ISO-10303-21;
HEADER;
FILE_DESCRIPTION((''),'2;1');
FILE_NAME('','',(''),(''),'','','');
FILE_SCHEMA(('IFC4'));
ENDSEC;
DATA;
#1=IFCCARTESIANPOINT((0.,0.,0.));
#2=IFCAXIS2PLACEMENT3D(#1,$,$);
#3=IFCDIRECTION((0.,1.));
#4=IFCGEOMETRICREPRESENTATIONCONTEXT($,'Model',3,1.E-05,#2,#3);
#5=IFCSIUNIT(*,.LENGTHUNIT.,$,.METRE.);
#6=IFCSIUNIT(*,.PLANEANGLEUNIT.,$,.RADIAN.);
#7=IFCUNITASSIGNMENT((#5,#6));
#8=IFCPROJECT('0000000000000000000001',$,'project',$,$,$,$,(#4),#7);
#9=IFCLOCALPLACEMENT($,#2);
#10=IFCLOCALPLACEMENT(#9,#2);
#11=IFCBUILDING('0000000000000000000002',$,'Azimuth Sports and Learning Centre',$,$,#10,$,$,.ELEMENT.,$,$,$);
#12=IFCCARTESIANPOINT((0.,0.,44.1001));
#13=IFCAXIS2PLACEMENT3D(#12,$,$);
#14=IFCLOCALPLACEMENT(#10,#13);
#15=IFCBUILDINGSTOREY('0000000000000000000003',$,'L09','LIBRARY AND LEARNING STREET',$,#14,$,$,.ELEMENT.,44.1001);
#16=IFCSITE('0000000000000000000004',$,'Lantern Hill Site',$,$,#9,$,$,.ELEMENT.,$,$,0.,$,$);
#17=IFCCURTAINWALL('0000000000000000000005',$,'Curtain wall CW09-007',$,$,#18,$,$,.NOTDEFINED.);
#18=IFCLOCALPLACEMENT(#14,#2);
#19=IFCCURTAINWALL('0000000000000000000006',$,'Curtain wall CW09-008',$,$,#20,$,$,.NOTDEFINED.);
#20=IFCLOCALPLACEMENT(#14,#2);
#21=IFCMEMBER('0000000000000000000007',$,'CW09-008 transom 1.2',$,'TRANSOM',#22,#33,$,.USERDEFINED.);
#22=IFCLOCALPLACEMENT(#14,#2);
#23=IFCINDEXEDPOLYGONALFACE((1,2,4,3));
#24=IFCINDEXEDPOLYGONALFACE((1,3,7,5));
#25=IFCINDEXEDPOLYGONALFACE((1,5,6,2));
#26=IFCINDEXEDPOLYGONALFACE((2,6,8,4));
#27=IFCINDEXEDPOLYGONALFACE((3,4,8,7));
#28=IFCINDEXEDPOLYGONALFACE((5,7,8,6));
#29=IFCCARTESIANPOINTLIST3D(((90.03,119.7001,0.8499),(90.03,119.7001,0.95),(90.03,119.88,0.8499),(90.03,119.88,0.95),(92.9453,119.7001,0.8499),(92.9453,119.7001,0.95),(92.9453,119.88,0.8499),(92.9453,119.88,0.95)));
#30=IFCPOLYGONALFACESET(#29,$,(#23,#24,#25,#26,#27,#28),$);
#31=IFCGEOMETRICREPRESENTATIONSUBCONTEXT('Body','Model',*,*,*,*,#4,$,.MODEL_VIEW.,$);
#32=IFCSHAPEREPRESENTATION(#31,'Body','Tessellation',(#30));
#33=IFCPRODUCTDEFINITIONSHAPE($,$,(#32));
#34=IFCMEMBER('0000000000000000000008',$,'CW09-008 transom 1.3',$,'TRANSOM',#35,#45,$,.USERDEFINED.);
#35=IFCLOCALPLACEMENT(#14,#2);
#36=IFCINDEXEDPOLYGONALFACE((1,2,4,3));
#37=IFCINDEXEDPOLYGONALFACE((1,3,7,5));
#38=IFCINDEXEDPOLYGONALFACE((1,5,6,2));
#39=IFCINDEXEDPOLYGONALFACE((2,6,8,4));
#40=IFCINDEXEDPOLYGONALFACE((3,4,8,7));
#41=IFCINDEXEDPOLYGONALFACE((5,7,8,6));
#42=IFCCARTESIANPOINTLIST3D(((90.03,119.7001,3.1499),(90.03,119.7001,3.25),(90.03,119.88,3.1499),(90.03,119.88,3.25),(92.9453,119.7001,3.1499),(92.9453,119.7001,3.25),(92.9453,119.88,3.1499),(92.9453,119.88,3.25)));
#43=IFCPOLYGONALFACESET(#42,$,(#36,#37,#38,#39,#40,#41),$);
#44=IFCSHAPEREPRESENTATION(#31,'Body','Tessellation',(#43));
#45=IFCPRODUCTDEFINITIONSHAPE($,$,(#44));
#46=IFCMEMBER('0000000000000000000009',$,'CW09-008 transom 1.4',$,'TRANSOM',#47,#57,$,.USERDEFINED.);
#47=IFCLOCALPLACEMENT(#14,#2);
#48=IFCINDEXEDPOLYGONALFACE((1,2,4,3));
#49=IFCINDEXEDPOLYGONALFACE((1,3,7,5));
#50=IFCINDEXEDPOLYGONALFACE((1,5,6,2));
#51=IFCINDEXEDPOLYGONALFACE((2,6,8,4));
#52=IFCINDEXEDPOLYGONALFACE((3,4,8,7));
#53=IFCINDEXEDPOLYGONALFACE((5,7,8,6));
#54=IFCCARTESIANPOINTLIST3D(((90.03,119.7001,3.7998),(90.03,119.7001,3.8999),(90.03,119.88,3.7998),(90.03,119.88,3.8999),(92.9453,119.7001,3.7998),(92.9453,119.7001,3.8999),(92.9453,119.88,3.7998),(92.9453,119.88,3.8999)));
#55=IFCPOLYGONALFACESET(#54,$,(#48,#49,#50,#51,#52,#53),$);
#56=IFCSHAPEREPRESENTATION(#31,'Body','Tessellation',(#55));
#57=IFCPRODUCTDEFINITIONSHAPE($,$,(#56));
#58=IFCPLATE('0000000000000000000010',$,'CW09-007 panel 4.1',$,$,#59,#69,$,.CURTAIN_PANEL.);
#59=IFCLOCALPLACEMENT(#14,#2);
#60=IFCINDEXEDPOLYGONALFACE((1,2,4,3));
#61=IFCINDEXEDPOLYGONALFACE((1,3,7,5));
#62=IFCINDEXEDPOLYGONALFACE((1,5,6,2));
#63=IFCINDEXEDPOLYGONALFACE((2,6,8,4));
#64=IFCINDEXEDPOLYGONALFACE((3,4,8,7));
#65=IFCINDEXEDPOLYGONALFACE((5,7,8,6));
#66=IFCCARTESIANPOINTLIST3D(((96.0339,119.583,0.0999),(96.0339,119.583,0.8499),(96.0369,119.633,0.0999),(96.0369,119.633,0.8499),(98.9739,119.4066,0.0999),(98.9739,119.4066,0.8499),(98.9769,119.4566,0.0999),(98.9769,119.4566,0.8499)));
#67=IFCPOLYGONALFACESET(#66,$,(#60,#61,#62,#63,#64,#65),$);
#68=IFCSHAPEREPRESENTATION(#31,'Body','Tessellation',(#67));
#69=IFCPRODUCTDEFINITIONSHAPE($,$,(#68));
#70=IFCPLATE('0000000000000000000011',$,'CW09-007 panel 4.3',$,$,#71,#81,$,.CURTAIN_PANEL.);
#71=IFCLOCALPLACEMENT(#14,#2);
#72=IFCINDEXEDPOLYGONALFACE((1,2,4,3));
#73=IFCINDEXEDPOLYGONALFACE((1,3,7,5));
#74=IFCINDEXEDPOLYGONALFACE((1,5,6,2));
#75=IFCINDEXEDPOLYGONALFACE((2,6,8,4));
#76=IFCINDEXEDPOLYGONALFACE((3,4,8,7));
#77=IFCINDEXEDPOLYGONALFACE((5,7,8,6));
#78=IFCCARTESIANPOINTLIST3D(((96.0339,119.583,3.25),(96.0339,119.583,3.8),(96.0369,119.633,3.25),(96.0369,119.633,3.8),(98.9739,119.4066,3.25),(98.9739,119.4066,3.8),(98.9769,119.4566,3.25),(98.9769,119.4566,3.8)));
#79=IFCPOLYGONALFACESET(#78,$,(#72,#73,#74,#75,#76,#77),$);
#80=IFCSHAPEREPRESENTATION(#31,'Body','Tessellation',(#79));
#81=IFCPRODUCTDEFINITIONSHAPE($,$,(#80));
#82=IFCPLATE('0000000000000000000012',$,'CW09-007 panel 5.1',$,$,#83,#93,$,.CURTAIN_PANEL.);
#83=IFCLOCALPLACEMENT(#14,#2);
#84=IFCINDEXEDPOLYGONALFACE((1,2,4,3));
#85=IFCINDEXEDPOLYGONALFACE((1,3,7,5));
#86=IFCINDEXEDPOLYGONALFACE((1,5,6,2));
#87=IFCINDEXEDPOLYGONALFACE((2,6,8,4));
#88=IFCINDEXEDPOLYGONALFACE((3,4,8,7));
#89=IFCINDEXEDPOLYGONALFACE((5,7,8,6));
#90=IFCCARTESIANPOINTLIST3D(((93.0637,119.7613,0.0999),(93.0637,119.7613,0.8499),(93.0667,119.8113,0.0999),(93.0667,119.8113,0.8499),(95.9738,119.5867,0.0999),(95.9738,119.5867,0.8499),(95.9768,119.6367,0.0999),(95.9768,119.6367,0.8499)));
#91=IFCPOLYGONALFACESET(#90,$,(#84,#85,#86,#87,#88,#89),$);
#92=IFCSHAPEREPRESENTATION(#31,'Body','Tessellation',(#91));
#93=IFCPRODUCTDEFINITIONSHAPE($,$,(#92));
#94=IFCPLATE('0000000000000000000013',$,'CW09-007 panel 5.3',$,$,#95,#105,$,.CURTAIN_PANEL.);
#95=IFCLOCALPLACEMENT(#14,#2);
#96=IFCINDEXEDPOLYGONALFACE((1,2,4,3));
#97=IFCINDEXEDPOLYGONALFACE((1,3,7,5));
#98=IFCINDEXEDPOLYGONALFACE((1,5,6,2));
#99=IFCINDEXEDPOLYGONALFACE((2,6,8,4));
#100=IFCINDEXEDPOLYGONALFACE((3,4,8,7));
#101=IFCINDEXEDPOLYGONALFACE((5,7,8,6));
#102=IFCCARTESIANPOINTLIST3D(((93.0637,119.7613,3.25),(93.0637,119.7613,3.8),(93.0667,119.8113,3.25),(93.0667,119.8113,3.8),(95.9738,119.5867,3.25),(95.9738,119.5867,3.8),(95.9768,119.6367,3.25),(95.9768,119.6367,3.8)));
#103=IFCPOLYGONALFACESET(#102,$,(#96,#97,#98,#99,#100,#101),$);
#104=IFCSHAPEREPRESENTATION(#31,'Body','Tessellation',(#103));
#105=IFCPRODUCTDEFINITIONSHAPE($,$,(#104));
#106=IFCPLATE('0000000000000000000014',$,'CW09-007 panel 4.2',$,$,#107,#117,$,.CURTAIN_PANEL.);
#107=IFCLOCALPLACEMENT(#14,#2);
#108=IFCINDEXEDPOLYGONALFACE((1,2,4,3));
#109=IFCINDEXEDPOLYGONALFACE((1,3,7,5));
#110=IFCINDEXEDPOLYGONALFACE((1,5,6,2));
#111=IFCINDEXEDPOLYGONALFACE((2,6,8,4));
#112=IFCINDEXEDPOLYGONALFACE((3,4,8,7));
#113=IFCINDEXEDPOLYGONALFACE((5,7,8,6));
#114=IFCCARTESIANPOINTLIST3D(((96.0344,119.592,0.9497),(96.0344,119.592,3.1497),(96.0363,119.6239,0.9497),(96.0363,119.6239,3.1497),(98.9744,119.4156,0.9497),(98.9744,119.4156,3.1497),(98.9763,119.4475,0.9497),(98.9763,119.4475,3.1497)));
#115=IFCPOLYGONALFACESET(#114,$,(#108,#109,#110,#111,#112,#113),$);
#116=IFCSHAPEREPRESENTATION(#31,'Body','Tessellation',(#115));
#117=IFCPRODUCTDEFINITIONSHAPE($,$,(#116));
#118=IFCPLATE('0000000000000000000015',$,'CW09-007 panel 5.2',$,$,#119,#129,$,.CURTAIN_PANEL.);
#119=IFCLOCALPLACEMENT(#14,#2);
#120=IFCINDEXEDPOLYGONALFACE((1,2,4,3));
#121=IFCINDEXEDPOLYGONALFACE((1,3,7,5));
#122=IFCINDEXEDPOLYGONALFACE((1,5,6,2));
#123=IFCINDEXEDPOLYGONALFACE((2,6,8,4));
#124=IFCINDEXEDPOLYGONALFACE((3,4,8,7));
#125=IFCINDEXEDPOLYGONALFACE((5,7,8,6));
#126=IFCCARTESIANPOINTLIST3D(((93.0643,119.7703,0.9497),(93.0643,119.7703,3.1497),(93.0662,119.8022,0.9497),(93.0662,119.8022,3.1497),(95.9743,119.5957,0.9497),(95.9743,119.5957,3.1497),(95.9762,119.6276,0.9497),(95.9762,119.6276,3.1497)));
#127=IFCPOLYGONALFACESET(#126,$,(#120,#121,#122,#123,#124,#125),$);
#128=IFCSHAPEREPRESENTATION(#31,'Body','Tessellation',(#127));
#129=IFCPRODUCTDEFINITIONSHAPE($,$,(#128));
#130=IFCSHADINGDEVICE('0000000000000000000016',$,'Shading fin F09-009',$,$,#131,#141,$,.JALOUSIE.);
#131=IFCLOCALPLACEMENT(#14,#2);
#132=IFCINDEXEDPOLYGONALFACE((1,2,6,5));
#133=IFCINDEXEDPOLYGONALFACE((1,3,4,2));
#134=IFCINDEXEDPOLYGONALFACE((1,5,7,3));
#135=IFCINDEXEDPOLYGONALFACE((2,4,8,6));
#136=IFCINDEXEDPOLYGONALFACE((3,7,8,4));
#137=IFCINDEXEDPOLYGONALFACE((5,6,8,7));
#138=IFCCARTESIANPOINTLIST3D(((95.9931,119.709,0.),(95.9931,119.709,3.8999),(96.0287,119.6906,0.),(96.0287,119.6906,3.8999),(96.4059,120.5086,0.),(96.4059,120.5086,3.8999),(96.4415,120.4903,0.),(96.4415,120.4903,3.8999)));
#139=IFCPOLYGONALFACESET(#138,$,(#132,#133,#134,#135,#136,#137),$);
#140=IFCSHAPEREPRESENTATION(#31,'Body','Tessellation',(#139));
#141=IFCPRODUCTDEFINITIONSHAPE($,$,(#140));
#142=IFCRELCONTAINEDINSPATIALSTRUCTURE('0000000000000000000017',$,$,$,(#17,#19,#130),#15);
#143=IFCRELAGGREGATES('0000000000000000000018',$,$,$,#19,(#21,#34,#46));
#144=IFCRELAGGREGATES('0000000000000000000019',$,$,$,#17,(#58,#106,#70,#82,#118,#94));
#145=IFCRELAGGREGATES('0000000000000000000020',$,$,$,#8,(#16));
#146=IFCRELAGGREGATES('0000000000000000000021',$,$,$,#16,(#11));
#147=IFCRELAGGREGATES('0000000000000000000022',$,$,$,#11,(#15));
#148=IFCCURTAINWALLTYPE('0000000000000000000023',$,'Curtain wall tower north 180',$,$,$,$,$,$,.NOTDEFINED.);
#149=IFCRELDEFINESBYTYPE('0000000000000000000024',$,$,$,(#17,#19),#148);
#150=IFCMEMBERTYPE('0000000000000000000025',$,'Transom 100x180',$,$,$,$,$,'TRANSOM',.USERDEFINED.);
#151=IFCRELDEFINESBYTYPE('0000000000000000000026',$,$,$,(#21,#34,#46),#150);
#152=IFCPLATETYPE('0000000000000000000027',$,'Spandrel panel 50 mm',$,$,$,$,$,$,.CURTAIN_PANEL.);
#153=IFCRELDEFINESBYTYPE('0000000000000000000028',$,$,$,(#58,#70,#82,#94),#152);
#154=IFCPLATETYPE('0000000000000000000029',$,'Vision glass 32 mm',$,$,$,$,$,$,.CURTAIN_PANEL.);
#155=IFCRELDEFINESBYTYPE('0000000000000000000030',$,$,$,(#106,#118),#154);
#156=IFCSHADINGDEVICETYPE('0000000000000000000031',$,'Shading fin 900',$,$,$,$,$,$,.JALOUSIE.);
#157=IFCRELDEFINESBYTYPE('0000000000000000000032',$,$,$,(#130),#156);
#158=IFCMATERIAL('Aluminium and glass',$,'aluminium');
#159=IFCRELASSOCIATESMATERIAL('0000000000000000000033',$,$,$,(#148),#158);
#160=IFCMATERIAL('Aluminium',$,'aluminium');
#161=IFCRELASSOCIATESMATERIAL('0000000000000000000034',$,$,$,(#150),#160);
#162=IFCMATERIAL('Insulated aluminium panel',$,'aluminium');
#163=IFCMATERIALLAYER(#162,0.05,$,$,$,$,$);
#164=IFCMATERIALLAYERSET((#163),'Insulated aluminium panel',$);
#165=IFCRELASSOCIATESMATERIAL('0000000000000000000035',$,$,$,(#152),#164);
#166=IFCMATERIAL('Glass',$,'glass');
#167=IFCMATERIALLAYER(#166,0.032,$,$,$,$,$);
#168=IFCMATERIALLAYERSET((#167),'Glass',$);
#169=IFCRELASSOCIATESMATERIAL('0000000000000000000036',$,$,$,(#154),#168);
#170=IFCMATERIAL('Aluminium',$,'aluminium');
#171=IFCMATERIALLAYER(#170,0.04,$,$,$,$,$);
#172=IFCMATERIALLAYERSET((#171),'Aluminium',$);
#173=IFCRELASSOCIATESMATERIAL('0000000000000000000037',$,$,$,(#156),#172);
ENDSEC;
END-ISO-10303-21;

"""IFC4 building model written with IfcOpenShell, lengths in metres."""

from ifc_helpers import new_model, si_unit, direction, frame, origin, origin_2d, place, context, subcontext, project, spatial, rectangle, extrude, material, layer, layer_set, material_profile, profile_set, type_object, element, aggregate, save


model = new_model("IFC4")

# Units and contexts
model_context = context("Model", 3, precision=1e-05, world=origin(), true_north=direction((0.0, 1.0)))
body_context = subcontext(model_context, "Body", "Model", "MODEL_VIEW")
ifc_project = project(units=[si_unit("LENGTHUNIT", "METRE"), si_unit("PLANEANGLEUNIT", "RADIAN")], contexts=[model_context])

# Site, building, storey
site_placement = place(None, origin())
site = spatial("IfcSite", under=ifc_project, at=site_placement, Name="Lantern Hill Site", CompositionType="ELEMENT", RefElevation=0.0)
building_placement = place(site_placement, origin())
building = spatial("IfcBuilding", under=site, at=building_placement, Name="Azimuth Sports and Learning Centre", CompositionType="ELEMENT")
storey_placement = place(building_placement, frame((0.0, 0.0, 44.1001)))
storey = spatial("IfcBuildingStorey", under=building, at=storey_placement, Name="L09", Description="LIBRARY AND LEARNING STREET", CompositionType="ELEMENT", Elevation=44.1001)

# Curtain wall
ifc_material_1 = material(Name="Aluminium and glass", Category="aluminium")
curtain_wall_type = type_object("IfcCurtainWallType", Name="Curtain wall tower north 180", PredefinedType="NOTDEFINED", material=ifc_material_1)
curtain_wall_1_placement = place(storey_placement, origin())
curtain_wall_1 = element("IfcCurtainWall", 1, at=curtain_wall_1_placement, inside=storey, type_object=curtain_wall_type, Name="Curtain wall CW09-007", PredefinedType="NOTDEFINED")

# Curtain wall
curtain_wall_2_placement = place(storey_placement, origin())
curtain_wall_2 = element("IfcCurtainWall", 2, at=curtain_wall_2_placement, inside=storey, type_object=curtain_wall_type, Name="Curtain wall CW09-008", PredefinedType="NOTDEFINED")

# Members
ifc_material_2 = material(Name="Aluminium", Category="aluminium")
ifc_material_profile_1 = material_profile(ifc_material_2, rectangle(XDim=0.1799, YDim=0.1001, at=origin_2d()), Name="Transom 100x180")
ifc_profile_set_1 = profile_set([ifc_material_profile_1], Name="Aluminium")
member_type_1 = type_object("IfcMemberType", Name="Transom 100x180", ElementType="TRANSOM", PredefinedType="USERDEFINED", material=ifc_profile_set_1)
member_1_placement = place(storey_placement, frame((92.9453, 119.79, 0.8999), z_axis=(-1.0, 0.0, 0.0), x_axis=(0.0, -1.0, 0.0)))
member_1 = element("IfcMember", 3, at=member_1_placement, type_object=member_type_1, Name="CW09-008 transom 1.2", ObjectType="TRANSOM", PredefinedType="USERDEFINED", context=body_context, shape_type="SweptSolid", body=[
    extrude(rectangle(XDim=0.1799, YDim=0.1001, at=origin_2d()), origin(), (0.0, 0.0, 1.0), 2.9153),
])
member_2_placement = place(storey_placement, frame((92.9453, 119.79, 3.2), z_axis=(-1.0, 0.0, 0.0), x_axis=(0.0, -1.0, 0.0)))
member_2 = element("IfcMember", 4, at=member_2_placement, type_object=member_type_1, Name="CW09-008 transom 1.3", ObjectType="TRANSOM", PredefinedType="USERDEFINED", context=body_context, shape_type="SweptSolid", body=[
    extrude(rectangle(XDim=0.1799, YDim=0.1001, at=origin_2d()), origin(), (0.0, 0.0, 1.0), 2.9153),
])
member_3_placement = place(storey_placement, frame((92.9453, 119.79, 3.8499), z_axis=(-1.0, 0.0, 0.0), x_axis=(0.0, -1.0, 0.0)))
member_3 = element("IfcMember", 5, at=member_3_placement, type_object=member_type_1, Name="CW09-008 transom 1.4", ObjectType="TRANSOM", PredefinedType="USERDEFINED", context=body_context, shape_type="SweptSolid", body=[
    extrude(rectangle(XDim=0.1799, YDim=0.1001, at=origin_2d()), origin(), (0.0, 0.0, 1.0), 2.9153),
])
aggregate(curtain_wall_2, [member_1, member_2, member_3])

# Plates
ifc_material_3 = material(Name="Insulated aluminium panel", Category="aluminium")
ifc_layer_1 = layer(ifc_material_3, 0.05)
ifc_layer_set_1 = layer_set([ifc_layer_1], Name="Insulated aluminium panel")
plate_type_1 = type_object("IfcPlateType", Name="Spandrel panel 50 mm", PredefinedType="CURTAIN_PANEL", material=ifc_layer_set_1)
plate_1_placement = place(storey_placement, frame((97.5054, 119.5198, 0.0999), z_axis=(0.0, 0.0, 1.0), x_axis=(-0.998205, 0.059892, 0.0)))
plate_1 = element("IfcPlate", 6, at=plate_1_placement, type_object=plate_type_1, Name="CW09-007 panel 4.1", PredefinedType="CURTAIN_PANEL", context=body_context, shape_type="SweptSolid", body=[
    extrude(rectangle(XDim=2.9453, YDim=0.05, at=origin_2d()), origin(), (0.0, 0.0, 1.0), 0.75),
])
plate_2_placement = place(storey_placement, frame((97.5054, 119.5198, 3.25), z_axis=(0.0, 0.0, 1.0), x_axis=(-0.998205, 0.059892, 0.0)))
plate_2 = element("IfcPlate", 7, at=plate_2_placement, type_object=plate_type_1, Name="CW09-007 panel 4.3", PredefinedType="CURTAIN_PANEL", context=body_context, shape_type="SweptSolid", body=[
    extrude(rectangle(XDim=2.9453, YDim=0.05, at=origin_2d()), origin(), (0.0, 0.0, 1.0), 0.55),
])
plate_3_placement = place(storey_placement, frame((94.5203, 119.699, 0.0999), z_axis=(0.0, 0.0, 1.0), x_axis=(-0.998205, 0.059892, 0.0)))
plate_3 = element("IfcPlate", 8, at=plate_3_placement, type_object=plate_type_1, Name="CW09-007 panel 5.1", PredefinedType="CURTAIN_PANEL", context=body_context, shape_type="SweptSolid", body=[
    extrude(rectangle(XDim=2.9153, YDim=0.05, at=origin_2d()), origin(), (0.0, 0.0, 1.0), 0.75),
])
plate_4_placement = place(storey_placement, frame((94.5203, 119.699, 3.25), z_axis=(0.0, 0.0, 1.0), x_axis=(-0.998205, 0.059892, 0.0)))
plate_4 = element("IfcPlate", 9, at=plate_4_placement, type_object=plate_type_1, Name="CW09-007 panel 5.3", PredefinedType="CURTAIN_PANEL", context=body_context, shape_type="SweptSolid", body=[
    extrude(rectangle(XDim=2.9153, YDim=0.05, at=origin_2d()), origin(), (0.0, 0.0, 1.0), 0.55),
])
ifc_material_4 = material(Name="Glass", Category="glass")
ifc_layer_2 = layer(ifc_material_4, 0.032)
ifc_layer_set_2 = layer_set([ifc_layer_2], Name="Glass")
plate_type_2 = type_object("IfcPlateType", Name="Vision glass 32 mm", PredefinedType="CURTAIN_PANEL", material=ifc_layer_set_2)
plate_5_placement = place(storey_placement, frame((97.5054, 119.5198, 0.9497), z_axis=(0.0, 0.0, 1.0), x_axis=(-0.998205, 0.059892, 0.0)))
plate_5 = element("IfcPlate", 10, at=plate_5_placement, type_object=plate_type_2, Name="CW09-007 panel 4.2", PredefinedType="CURTAIN_PANEL", context=body_context, shape_type="SweptSolid", body=[
    extrude(rectangle(XDim=2.9453, YDim=0.032, at=origin_2d()), origin(), (0.0, 0.0, 1.0), 2.2),
])
plate_6_placement = place(storey_placement, frame((94.5203, 119.699, 0.9497), z_axis=(0.0, 0.0, 1.0), x_axis=(-0.998205, 0.059892, 0.0)))
plate_6 = element("IfcPlate", 11, at=plate_6_placement, type_object=plate_type_2, Name="CW09-007 panel 5.2", PredefinedType="CURTAIN_PANEL", context=body_context, shape_type="SweptSolid", body=[
    extrude(rectangle(XDim=2.9153, YDim=0.032, at=origin_2d()), origin(), (0.0, 0.0, 1.0), 2.2),
])
aggregate(curtain_wall_1, [plate_1, plate_5, plate_2, plate_3, plate_6, plate_4])

# Shading device
ifc_material_5 = material(Name="Aluminium", Category="aluminium")
ifc_layer_3 = layer(ifc_material_5, 0.04)
ifc_layer_set_3 = layer_set([ifc_layer_3], Name="Aluminium")
shading_device_type = type_object("IfcShadingDeviceType", Name="Shading fin 900", PredefinedType="JALOUSIE", material=ifc_layer_set_3)
shading_device_placement = place(storey_placement, frame((96.2173, 120.0996, 0.0), z_axis=(0.0, 0.0, 1.0), x_axis=(0.458683, 0.8886, 0.0)))
element("IfcShadingDevice", 12, at=shading_device_placement, inside=storey, type_object=shading_device_type, Name="Shading fin F09-009", PredefinedType="JALOUSIE", context=body_context, shape_type="SweptSolid", body=[
    extrude(rectangle(XDim=0.8999, YDim=0.04, at=origin_2d()), origin(), (0.0, 0.0, 1.0), 3.8999),
])

save(model, "model.ifc")
